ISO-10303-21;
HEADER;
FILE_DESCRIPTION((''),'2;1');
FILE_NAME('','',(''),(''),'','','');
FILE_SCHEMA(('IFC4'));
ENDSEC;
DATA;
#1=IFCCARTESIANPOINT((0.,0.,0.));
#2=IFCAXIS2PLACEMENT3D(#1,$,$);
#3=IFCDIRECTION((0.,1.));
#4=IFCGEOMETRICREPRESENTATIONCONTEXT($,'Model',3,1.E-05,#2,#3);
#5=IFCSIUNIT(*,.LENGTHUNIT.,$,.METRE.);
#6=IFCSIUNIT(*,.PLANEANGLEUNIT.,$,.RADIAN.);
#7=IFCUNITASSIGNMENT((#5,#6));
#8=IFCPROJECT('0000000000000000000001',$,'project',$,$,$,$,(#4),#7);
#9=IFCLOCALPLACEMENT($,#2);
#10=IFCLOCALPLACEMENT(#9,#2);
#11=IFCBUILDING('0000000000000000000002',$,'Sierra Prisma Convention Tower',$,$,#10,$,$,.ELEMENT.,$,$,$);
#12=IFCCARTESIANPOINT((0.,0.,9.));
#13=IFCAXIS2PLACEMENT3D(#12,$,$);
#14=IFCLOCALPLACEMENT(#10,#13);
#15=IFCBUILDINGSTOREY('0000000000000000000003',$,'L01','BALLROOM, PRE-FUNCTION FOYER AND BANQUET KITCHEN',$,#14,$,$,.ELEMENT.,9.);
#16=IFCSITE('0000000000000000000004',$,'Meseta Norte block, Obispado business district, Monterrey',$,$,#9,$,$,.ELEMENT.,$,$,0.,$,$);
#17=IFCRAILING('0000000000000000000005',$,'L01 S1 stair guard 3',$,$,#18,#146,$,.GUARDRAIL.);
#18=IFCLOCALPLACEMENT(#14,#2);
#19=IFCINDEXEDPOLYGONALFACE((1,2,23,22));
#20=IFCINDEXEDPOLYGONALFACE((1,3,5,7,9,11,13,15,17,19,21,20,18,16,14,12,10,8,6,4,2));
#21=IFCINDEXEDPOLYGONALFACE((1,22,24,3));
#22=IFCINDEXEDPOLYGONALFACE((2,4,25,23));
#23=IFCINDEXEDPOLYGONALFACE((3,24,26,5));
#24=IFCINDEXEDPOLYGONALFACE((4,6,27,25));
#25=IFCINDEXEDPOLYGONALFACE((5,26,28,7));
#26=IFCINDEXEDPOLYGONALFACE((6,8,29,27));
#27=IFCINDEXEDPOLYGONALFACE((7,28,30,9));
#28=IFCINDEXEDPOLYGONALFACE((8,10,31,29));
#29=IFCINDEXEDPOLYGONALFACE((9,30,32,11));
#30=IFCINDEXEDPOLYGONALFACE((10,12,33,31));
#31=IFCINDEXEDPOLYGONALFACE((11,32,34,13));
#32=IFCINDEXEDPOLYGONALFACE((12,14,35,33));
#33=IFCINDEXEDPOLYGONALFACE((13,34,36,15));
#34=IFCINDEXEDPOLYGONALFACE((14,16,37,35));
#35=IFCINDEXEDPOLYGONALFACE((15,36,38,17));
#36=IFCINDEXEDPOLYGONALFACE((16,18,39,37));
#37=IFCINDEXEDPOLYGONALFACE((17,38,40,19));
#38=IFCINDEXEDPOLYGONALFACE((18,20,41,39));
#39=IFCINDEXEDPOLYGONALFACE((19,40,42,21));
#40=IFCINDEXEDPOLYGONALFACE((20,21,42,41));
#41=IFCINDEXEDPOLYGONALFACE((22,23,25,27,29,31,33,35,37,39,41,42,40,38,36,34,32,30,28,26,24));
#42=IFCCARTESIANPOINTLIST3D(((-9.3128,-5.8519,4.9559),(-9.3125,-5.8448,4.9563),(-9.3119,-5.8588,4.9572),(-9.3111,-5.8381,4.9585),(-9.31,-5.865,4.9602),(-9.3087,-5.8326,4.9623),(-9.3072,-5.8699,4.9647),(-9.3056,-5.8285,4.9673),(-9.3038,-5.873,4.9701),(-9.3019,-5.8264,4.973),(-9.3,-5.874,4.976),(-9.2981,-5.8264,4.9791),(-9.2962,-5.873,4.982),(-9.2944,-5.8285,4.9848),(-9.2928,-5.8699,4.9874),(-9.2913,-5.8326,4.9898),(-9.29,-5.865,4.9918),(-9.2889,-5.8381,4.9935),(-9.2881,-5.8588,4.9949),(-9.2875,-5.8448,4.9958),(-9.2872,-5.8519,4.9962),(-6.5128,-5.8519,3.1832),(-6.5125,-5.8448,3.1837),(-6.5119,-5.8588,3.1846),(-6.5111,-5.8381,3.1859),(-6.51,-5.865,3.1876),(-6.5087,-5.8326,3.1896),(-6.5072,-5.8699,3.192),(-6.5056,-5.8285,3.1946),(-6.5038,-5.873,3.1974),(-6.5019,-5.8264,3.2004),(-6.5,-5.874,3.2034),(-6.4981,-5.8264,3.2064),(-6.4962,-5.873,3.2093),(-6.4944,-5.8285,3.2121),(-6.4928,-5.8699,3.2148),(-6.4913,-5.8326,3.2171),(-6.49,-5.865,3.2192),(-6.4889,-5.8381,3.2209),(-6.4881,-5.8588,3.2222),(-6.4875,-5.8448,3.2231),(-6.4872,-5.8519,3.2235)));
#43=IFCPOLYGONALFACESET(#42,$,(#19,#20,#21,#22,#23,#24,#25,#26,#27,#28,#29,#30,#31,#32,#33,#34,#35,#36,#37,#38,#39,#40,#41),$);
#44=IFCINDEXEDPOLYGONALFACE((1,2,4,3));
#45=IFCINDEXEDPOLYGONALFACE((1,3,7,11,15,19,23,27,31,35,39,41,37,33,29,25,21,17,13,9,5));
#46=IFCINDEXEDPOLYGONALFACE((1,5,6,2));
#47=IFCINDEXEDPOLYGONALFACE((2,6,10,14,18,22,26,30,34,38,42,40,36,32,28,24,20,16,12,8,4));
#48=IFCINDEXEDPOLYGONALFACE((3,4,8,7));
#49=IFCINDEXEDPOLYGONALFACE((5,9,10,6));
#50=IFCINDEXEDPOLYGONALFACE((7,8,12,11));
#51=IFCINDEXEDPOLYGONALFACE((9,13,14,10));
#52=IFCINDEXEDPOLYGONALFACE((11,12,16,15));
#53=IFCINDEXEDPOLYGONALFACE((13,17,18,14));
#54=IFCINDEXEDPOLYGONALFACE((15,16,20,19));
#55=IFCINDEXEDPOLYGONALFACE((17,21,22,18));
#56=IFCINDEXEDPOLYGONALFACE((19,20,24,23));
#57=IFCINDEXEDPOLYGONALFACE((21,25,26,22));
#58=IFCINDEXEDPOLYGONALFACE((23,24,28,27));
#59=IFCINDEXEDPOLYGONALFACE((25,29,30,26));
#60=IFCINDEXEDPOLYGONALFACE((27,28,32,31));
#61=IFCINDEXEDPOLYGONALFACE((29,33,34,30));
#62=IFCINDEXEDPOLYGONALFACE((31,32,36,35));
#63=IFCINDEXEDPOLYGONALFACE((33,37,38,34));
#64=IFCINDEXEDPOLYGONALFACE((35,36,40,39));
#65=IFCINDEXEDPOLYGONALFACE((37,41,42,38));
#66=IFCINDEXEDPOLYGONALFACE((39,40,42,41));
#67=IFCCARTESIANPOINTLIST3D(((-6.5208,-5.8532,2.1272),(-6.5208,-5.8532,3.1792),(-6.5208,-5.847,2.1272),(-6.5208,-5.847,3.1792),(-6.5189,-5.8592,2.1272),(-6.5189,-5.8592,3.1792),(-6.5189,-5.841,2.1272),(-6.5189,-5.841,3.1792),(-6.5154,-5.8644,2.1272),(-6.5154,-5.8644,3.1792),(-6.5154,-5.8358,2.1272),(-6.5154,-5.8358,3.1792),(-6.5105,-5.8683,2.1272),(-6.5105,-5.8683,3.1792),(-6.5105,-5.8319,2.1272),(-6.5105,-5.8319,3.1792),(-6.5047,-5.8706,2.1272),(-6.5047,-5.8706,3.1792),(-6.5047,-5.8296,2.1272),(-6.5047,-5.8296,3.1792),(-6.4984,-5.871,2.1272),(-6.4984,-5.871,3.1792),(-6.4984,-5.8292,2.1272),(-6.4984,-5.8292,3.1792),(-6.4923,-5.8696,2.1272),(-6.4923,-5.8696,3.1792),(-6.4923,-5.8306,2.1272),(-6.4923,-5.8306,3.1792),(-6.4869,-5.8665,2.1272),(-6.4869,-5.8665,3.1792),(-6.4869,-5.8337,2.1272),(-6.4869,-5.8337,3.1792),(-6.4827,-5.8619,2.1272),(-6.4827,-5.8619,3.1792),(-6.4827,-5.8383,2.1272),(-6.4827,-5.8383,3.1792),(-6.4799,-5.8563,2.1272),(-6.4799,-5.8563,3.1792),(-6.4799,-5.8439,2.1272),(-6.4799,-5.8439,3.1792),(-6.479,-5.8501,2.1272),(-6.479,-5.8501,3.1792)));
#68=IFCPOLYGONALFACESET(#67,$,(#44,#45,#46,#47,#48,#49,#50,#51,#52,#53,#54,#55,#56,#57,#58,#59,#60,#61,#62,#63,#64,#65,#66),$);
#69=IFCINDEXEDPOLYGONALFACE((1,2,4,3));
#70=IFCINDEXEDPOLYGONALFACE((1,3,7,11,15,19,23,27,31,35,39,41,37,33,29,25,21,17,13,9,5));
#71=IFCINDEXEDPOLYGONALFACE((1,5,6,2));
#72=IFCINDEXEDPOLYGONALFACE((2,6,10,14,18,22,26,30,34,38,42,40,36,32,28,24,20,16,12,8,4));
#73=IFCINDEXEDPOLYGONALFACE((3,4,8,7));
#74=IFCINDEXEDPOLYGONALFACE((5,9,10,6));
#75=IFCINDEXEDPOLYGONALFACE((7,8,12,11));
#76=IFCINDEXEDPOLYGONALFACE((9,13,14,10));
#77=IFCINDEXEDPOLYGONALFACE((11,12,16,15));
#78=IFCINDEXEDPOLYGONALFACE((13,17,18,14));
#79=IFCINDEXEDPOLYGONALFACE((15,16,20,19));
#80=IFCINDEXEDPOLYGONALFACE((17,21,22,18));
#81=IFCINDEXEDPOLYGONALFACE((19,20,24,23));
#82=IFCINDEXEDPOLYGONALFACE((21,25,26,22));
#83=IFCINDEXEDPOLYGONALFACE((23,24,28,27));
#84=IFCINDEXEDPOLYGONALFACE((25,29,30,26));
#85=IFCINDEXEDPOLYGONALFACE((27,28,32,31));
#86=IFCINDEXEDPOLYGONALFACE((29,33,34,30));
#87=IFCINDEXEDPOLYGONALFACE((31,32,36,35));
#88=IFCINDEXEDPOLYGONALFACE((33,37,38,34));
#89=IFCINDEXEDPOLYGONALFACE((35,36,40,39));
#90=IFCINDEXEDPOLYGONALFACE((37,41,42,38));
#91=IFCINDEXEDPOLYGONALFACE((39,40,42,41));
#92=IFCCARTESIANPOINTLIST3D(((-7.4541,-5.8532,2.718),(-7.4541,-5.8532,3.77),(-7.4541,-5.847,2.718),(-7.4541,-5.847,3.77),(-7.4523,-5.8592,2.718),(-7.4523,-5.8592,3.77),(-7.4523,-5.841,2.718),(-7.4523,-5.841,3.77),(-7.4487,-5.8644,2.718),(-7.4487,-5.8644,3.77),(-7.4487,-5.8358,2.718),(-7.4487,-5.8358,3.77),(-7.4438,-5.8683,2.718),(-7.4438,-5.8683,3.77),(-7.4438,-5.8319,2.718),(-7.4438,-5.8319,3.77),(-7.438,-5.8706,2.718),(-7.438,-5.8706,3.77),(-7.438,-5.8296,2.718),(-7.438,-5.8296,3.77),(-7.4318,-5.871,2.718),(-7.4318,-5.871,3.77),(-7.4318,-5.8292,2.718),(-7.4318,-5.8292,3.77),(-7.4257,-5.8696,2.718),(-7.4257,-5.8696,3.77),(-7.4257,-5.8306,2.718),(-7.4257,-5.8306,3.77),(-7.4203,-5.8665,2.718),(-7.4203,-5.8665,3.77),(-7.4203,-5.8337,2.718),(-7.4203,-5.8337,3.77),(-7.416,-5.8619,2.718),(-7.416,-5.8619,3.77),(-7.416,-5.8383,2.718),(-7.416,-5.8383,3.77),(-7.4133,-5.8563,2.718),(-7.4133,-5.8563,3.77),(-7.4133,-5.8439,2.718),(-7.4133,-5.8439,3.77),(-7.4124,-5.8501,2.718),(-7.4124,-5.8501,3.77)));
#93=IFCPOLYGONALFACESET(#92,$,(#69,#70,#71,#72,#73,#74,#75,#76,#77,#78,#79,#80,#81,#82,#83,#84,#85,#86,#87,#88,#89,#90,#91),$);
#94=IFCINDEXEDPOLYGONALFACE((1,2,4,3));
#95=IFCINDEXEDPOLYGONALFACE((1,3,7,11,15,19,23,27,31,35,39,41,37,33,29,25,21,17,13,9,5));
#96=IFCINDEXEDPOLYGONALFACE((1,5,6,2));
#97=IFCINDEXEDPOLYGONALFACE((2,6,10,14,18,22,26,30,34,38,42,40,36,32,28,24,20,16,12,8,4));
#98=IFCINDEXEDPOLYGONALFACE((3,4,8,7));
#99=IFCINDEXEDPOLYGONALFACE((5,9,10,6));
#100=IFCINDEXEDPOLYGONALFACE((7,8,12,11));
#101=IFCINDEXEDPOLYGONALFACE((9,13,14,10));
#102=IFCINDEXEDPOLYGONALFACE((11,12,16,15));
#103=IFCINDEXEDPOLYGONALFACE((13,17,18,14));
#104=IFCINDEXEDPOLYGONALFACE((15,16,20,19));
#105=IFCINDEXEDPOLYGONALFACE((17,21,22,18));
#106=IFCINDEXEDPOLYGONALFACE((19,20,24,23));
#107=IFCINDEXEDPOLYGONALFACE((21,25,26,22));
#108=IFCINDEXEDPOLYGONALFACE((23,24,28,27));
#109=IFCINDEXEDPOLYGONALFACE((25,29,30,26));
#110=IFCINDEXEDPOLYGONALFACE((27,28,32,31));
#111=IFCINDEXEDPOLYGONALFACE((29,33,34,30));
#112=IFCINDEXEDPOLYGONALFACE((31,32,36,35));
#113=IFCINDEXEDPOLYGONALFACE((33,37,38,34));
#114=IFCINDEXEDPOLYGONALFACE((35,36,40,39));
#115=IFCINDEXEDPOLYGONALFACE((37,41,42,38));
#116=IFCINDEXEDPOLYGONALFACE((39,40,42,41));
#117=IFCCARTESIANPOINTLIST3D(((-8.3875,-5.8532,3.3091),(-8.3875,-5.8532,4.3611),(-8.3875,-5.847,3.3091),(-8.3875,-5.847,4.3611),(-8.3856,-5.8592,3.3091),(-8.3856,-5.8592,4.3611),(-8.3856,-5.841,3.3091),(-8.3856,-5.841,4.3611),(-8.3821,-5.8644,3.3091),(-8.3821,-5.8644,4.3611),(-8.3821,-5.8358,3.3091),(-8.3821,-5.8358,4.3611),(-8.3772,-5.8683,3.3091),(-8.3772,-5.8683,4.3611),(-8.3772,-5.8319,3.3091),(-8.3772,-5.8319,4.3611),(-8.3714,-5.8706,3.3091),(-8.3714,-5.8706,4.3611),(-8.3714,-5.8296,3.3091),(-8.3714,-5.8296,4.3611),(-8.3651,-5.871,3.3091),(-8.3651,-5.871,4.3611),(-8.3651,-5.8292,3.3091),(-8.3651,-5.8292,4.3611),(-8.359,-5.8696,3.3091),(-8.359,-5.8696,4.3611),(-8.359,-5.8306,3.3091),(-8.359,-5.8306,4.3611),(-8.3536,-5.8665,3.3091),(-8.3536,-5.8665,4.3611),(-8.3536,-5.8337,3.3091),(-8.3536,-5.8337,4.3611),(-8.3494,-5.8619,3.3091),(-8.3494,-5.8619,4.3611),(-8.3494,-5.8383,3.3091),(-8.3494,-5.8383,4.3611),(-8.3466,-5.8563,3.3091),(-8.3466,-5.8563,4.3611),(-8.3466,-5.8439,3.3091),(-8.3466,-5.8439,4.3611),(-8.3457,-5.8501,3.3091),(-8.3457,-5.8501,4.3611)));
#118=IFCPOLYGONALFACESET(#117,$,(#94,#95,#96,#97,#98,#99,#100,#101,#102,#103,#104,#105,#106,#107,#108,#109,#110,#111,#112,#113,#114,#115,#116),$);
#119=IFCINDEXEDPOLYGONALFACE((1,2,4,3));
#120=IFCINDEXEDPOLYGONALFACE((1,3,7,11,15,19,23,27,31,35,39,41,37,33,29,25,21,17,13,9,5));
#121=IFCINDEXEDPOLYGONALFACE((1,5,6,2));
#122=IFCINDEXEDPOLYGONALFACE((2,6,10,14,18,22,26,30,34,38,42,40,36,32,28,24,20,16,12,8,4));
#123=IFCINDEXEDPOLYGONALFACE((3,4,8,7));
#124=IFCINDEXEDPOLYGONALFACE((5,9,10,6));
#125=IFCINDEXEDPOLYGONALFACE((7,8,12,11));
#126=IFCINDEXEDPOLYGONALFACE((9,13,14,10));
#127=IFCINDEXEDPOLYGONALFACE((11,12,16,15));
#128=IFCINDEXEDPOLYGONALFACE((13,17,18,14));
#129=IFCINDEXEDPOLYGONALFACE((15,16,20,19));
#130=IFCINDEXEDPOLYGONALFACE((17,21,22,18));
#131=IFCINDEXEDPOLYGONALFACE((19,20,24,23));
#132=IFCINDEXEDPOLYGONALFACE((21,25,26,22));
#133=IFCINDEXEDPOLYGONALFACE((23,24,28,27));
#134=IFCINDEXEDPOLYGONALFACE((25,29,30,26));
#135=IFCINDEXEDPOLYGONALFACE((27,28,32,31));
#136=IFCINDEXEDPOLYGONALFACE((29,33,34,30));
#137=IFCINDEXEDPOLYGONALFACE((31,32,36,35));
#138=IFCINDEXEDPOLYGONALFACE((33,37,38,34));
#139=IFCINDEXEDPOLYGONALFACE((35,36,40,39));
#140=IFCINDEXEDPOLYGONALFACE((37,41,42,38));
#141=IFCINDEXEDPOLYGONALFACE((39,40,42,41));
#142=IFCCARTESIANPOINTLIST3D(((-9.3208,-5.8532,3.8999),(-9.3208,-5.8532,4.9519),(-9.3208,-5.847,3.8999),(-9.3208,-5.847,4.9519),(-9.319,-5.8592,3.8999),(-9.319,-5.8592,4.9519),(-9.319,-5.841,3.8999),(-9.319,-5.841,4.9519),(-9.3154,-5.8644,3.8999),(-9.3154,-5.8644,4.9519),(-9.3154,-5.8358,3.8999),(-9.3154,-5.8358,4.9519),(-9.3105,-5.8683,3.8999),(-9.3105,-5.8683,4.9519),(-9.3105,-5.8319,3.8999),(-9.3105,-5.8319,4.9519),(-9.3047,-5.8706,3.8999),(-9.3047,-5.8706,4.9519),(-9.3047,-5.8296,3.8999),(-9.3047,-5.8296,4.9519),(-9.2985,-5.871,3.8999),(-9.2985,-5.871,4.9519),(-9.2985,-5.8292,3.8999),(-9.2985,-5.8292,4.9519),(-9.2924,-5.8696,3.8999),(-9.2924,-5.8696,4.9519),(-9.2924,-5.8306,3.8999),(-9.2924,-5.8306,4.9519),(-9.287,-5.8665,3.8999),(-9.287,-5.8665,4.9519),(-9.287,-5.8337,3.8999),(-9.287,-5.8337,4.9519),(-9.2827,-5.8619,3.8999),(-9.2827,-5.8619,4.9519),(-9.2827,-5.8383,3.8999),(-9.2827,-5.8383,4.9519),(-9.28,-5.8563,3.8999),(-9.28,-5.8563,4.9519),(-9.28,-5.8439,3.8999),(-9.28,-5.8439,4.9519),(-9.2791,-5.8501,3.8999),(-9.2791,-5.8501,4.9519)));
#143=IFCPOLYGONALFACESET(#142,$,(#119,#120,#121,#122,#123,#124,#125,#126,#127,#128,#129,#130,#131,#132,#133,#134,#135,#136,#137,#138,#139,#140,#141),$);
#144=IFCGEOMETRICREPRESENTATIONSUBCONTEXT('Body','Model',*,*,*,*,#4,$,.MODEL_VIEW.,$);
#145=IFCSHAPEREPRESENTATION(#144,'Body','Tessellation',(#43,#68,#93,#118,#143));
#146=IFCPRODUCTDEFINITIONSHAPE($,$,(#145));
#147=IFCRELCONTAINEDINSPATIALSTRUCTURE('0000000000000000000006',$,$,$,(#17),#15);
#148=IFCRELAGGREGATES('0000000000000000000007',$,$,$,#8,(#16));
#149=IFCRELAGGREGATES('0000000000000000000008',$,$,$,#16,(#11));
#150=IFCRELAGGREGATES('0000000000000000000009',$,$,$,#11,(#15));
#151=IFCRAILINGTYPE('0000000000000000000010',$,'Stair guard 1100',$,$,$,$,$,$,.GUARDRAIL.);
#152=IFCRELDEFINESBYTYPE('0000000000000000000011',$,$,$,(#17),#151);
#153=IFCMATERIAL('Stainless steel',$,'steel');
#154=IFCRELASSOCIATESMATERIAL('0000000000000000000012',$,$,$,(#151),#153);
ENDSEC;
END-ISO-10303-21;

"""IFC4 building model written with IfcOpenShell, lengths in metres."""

from ifc_helpers import new_model, si_unit, direction, frame, origin, origin_2d, place, context, subcontext, project, spatial, circle, extrude, material, type_object, element, save


model = new_model("IFC4")

# Units and contexts
model_context = context("Model", 3, precision=1e-05, world=origin(), true_north=direction((0.0, 1.0)))
body_context = subcontext(model_context, "Body", "Model", "MODEL_VIEW")
ifc_project = project(units=[si_unit("LENGTHUNIT", "METRE"), si_unit("PLANEANGLEUNIT", "RADIAN")], contexts=[model_context])

# Site, building, storey
site_placement = place(None, origin())
site = spatial("IfcSite", under=ifc_project, at=site_placement, Name="Meseta Norte block, Obispado business district, Monterrey", CompositionType="ELEMENT", RefElevation=0.0)
building_placement = place(site_placement, origin())
building = spatial("IfcBuilding", under=site, at=building_placement, Name="Sierra Prisma Convention Tower", CompositionType="ELEMENT")
storey_placement = place(building_placement, frame((0.0, 0.0, 9.0)))
storey = spatial("IfcBuildingStorey", under=building, at=storey_placement, Name="L01", Description="BALLROOM, PRE-FUNCTION FOYER AND BANQUET KITCHEN", CompositionType="ELEMENT", Elevation=9.0)

# Railing
ifc_material_1 = material(Name="Stainless steel", Category="steel")
railing_type_1 = type_object("IfcRailingType", Name="Stair guard 1100", PredefinedType="GUARDRAIL", material=ifc_material_1)
railing_1_placement = place(storey_placement, frame((-6.5, -5.8501, 2.1272)))
element("IfcRailing", 1, at=railing_1_placement, inside=storey, type_object=railing_type_1, Name="L01 S1 stair guard 3", PredefinedType="GUARDRAIL", context=body_context, shape_type="SweptSolid", body=[
    extrude(circle(Radius=0.0239, at=origin_2d()), frame((0.0, 0.0, 1.0762), z_axis=(-0.844909, 0.0, 0.53491), x_axis=(0.0, -1.0, 0.0)), (0.0, 0.0, 1.0), 3.314),
    extrude(circle(Radius=0.021, at=origin_2d()), origin(), (0.0, 0.0, 1.0), 1.052),
    extrude(circle(Radius=0.021, at=origin_2d()), frame((-0.9333, 0.0, 0.5908)), (0.0, 0.0, 1.0), 1.052),
    extrude(circle(Radius=0.021, at=origin_2d()), frame((-1.8667, 0.0, 1.1819)), (0.0, 0.0, 1.0), 1.052),
    extrude(circle(Radius=0.021, at=origin_2d()), frame((-2.8, 0.0, 1.7727)), (0.0, 0.0, 1.0), 1.052),
])

save(model, "model.ifc")
